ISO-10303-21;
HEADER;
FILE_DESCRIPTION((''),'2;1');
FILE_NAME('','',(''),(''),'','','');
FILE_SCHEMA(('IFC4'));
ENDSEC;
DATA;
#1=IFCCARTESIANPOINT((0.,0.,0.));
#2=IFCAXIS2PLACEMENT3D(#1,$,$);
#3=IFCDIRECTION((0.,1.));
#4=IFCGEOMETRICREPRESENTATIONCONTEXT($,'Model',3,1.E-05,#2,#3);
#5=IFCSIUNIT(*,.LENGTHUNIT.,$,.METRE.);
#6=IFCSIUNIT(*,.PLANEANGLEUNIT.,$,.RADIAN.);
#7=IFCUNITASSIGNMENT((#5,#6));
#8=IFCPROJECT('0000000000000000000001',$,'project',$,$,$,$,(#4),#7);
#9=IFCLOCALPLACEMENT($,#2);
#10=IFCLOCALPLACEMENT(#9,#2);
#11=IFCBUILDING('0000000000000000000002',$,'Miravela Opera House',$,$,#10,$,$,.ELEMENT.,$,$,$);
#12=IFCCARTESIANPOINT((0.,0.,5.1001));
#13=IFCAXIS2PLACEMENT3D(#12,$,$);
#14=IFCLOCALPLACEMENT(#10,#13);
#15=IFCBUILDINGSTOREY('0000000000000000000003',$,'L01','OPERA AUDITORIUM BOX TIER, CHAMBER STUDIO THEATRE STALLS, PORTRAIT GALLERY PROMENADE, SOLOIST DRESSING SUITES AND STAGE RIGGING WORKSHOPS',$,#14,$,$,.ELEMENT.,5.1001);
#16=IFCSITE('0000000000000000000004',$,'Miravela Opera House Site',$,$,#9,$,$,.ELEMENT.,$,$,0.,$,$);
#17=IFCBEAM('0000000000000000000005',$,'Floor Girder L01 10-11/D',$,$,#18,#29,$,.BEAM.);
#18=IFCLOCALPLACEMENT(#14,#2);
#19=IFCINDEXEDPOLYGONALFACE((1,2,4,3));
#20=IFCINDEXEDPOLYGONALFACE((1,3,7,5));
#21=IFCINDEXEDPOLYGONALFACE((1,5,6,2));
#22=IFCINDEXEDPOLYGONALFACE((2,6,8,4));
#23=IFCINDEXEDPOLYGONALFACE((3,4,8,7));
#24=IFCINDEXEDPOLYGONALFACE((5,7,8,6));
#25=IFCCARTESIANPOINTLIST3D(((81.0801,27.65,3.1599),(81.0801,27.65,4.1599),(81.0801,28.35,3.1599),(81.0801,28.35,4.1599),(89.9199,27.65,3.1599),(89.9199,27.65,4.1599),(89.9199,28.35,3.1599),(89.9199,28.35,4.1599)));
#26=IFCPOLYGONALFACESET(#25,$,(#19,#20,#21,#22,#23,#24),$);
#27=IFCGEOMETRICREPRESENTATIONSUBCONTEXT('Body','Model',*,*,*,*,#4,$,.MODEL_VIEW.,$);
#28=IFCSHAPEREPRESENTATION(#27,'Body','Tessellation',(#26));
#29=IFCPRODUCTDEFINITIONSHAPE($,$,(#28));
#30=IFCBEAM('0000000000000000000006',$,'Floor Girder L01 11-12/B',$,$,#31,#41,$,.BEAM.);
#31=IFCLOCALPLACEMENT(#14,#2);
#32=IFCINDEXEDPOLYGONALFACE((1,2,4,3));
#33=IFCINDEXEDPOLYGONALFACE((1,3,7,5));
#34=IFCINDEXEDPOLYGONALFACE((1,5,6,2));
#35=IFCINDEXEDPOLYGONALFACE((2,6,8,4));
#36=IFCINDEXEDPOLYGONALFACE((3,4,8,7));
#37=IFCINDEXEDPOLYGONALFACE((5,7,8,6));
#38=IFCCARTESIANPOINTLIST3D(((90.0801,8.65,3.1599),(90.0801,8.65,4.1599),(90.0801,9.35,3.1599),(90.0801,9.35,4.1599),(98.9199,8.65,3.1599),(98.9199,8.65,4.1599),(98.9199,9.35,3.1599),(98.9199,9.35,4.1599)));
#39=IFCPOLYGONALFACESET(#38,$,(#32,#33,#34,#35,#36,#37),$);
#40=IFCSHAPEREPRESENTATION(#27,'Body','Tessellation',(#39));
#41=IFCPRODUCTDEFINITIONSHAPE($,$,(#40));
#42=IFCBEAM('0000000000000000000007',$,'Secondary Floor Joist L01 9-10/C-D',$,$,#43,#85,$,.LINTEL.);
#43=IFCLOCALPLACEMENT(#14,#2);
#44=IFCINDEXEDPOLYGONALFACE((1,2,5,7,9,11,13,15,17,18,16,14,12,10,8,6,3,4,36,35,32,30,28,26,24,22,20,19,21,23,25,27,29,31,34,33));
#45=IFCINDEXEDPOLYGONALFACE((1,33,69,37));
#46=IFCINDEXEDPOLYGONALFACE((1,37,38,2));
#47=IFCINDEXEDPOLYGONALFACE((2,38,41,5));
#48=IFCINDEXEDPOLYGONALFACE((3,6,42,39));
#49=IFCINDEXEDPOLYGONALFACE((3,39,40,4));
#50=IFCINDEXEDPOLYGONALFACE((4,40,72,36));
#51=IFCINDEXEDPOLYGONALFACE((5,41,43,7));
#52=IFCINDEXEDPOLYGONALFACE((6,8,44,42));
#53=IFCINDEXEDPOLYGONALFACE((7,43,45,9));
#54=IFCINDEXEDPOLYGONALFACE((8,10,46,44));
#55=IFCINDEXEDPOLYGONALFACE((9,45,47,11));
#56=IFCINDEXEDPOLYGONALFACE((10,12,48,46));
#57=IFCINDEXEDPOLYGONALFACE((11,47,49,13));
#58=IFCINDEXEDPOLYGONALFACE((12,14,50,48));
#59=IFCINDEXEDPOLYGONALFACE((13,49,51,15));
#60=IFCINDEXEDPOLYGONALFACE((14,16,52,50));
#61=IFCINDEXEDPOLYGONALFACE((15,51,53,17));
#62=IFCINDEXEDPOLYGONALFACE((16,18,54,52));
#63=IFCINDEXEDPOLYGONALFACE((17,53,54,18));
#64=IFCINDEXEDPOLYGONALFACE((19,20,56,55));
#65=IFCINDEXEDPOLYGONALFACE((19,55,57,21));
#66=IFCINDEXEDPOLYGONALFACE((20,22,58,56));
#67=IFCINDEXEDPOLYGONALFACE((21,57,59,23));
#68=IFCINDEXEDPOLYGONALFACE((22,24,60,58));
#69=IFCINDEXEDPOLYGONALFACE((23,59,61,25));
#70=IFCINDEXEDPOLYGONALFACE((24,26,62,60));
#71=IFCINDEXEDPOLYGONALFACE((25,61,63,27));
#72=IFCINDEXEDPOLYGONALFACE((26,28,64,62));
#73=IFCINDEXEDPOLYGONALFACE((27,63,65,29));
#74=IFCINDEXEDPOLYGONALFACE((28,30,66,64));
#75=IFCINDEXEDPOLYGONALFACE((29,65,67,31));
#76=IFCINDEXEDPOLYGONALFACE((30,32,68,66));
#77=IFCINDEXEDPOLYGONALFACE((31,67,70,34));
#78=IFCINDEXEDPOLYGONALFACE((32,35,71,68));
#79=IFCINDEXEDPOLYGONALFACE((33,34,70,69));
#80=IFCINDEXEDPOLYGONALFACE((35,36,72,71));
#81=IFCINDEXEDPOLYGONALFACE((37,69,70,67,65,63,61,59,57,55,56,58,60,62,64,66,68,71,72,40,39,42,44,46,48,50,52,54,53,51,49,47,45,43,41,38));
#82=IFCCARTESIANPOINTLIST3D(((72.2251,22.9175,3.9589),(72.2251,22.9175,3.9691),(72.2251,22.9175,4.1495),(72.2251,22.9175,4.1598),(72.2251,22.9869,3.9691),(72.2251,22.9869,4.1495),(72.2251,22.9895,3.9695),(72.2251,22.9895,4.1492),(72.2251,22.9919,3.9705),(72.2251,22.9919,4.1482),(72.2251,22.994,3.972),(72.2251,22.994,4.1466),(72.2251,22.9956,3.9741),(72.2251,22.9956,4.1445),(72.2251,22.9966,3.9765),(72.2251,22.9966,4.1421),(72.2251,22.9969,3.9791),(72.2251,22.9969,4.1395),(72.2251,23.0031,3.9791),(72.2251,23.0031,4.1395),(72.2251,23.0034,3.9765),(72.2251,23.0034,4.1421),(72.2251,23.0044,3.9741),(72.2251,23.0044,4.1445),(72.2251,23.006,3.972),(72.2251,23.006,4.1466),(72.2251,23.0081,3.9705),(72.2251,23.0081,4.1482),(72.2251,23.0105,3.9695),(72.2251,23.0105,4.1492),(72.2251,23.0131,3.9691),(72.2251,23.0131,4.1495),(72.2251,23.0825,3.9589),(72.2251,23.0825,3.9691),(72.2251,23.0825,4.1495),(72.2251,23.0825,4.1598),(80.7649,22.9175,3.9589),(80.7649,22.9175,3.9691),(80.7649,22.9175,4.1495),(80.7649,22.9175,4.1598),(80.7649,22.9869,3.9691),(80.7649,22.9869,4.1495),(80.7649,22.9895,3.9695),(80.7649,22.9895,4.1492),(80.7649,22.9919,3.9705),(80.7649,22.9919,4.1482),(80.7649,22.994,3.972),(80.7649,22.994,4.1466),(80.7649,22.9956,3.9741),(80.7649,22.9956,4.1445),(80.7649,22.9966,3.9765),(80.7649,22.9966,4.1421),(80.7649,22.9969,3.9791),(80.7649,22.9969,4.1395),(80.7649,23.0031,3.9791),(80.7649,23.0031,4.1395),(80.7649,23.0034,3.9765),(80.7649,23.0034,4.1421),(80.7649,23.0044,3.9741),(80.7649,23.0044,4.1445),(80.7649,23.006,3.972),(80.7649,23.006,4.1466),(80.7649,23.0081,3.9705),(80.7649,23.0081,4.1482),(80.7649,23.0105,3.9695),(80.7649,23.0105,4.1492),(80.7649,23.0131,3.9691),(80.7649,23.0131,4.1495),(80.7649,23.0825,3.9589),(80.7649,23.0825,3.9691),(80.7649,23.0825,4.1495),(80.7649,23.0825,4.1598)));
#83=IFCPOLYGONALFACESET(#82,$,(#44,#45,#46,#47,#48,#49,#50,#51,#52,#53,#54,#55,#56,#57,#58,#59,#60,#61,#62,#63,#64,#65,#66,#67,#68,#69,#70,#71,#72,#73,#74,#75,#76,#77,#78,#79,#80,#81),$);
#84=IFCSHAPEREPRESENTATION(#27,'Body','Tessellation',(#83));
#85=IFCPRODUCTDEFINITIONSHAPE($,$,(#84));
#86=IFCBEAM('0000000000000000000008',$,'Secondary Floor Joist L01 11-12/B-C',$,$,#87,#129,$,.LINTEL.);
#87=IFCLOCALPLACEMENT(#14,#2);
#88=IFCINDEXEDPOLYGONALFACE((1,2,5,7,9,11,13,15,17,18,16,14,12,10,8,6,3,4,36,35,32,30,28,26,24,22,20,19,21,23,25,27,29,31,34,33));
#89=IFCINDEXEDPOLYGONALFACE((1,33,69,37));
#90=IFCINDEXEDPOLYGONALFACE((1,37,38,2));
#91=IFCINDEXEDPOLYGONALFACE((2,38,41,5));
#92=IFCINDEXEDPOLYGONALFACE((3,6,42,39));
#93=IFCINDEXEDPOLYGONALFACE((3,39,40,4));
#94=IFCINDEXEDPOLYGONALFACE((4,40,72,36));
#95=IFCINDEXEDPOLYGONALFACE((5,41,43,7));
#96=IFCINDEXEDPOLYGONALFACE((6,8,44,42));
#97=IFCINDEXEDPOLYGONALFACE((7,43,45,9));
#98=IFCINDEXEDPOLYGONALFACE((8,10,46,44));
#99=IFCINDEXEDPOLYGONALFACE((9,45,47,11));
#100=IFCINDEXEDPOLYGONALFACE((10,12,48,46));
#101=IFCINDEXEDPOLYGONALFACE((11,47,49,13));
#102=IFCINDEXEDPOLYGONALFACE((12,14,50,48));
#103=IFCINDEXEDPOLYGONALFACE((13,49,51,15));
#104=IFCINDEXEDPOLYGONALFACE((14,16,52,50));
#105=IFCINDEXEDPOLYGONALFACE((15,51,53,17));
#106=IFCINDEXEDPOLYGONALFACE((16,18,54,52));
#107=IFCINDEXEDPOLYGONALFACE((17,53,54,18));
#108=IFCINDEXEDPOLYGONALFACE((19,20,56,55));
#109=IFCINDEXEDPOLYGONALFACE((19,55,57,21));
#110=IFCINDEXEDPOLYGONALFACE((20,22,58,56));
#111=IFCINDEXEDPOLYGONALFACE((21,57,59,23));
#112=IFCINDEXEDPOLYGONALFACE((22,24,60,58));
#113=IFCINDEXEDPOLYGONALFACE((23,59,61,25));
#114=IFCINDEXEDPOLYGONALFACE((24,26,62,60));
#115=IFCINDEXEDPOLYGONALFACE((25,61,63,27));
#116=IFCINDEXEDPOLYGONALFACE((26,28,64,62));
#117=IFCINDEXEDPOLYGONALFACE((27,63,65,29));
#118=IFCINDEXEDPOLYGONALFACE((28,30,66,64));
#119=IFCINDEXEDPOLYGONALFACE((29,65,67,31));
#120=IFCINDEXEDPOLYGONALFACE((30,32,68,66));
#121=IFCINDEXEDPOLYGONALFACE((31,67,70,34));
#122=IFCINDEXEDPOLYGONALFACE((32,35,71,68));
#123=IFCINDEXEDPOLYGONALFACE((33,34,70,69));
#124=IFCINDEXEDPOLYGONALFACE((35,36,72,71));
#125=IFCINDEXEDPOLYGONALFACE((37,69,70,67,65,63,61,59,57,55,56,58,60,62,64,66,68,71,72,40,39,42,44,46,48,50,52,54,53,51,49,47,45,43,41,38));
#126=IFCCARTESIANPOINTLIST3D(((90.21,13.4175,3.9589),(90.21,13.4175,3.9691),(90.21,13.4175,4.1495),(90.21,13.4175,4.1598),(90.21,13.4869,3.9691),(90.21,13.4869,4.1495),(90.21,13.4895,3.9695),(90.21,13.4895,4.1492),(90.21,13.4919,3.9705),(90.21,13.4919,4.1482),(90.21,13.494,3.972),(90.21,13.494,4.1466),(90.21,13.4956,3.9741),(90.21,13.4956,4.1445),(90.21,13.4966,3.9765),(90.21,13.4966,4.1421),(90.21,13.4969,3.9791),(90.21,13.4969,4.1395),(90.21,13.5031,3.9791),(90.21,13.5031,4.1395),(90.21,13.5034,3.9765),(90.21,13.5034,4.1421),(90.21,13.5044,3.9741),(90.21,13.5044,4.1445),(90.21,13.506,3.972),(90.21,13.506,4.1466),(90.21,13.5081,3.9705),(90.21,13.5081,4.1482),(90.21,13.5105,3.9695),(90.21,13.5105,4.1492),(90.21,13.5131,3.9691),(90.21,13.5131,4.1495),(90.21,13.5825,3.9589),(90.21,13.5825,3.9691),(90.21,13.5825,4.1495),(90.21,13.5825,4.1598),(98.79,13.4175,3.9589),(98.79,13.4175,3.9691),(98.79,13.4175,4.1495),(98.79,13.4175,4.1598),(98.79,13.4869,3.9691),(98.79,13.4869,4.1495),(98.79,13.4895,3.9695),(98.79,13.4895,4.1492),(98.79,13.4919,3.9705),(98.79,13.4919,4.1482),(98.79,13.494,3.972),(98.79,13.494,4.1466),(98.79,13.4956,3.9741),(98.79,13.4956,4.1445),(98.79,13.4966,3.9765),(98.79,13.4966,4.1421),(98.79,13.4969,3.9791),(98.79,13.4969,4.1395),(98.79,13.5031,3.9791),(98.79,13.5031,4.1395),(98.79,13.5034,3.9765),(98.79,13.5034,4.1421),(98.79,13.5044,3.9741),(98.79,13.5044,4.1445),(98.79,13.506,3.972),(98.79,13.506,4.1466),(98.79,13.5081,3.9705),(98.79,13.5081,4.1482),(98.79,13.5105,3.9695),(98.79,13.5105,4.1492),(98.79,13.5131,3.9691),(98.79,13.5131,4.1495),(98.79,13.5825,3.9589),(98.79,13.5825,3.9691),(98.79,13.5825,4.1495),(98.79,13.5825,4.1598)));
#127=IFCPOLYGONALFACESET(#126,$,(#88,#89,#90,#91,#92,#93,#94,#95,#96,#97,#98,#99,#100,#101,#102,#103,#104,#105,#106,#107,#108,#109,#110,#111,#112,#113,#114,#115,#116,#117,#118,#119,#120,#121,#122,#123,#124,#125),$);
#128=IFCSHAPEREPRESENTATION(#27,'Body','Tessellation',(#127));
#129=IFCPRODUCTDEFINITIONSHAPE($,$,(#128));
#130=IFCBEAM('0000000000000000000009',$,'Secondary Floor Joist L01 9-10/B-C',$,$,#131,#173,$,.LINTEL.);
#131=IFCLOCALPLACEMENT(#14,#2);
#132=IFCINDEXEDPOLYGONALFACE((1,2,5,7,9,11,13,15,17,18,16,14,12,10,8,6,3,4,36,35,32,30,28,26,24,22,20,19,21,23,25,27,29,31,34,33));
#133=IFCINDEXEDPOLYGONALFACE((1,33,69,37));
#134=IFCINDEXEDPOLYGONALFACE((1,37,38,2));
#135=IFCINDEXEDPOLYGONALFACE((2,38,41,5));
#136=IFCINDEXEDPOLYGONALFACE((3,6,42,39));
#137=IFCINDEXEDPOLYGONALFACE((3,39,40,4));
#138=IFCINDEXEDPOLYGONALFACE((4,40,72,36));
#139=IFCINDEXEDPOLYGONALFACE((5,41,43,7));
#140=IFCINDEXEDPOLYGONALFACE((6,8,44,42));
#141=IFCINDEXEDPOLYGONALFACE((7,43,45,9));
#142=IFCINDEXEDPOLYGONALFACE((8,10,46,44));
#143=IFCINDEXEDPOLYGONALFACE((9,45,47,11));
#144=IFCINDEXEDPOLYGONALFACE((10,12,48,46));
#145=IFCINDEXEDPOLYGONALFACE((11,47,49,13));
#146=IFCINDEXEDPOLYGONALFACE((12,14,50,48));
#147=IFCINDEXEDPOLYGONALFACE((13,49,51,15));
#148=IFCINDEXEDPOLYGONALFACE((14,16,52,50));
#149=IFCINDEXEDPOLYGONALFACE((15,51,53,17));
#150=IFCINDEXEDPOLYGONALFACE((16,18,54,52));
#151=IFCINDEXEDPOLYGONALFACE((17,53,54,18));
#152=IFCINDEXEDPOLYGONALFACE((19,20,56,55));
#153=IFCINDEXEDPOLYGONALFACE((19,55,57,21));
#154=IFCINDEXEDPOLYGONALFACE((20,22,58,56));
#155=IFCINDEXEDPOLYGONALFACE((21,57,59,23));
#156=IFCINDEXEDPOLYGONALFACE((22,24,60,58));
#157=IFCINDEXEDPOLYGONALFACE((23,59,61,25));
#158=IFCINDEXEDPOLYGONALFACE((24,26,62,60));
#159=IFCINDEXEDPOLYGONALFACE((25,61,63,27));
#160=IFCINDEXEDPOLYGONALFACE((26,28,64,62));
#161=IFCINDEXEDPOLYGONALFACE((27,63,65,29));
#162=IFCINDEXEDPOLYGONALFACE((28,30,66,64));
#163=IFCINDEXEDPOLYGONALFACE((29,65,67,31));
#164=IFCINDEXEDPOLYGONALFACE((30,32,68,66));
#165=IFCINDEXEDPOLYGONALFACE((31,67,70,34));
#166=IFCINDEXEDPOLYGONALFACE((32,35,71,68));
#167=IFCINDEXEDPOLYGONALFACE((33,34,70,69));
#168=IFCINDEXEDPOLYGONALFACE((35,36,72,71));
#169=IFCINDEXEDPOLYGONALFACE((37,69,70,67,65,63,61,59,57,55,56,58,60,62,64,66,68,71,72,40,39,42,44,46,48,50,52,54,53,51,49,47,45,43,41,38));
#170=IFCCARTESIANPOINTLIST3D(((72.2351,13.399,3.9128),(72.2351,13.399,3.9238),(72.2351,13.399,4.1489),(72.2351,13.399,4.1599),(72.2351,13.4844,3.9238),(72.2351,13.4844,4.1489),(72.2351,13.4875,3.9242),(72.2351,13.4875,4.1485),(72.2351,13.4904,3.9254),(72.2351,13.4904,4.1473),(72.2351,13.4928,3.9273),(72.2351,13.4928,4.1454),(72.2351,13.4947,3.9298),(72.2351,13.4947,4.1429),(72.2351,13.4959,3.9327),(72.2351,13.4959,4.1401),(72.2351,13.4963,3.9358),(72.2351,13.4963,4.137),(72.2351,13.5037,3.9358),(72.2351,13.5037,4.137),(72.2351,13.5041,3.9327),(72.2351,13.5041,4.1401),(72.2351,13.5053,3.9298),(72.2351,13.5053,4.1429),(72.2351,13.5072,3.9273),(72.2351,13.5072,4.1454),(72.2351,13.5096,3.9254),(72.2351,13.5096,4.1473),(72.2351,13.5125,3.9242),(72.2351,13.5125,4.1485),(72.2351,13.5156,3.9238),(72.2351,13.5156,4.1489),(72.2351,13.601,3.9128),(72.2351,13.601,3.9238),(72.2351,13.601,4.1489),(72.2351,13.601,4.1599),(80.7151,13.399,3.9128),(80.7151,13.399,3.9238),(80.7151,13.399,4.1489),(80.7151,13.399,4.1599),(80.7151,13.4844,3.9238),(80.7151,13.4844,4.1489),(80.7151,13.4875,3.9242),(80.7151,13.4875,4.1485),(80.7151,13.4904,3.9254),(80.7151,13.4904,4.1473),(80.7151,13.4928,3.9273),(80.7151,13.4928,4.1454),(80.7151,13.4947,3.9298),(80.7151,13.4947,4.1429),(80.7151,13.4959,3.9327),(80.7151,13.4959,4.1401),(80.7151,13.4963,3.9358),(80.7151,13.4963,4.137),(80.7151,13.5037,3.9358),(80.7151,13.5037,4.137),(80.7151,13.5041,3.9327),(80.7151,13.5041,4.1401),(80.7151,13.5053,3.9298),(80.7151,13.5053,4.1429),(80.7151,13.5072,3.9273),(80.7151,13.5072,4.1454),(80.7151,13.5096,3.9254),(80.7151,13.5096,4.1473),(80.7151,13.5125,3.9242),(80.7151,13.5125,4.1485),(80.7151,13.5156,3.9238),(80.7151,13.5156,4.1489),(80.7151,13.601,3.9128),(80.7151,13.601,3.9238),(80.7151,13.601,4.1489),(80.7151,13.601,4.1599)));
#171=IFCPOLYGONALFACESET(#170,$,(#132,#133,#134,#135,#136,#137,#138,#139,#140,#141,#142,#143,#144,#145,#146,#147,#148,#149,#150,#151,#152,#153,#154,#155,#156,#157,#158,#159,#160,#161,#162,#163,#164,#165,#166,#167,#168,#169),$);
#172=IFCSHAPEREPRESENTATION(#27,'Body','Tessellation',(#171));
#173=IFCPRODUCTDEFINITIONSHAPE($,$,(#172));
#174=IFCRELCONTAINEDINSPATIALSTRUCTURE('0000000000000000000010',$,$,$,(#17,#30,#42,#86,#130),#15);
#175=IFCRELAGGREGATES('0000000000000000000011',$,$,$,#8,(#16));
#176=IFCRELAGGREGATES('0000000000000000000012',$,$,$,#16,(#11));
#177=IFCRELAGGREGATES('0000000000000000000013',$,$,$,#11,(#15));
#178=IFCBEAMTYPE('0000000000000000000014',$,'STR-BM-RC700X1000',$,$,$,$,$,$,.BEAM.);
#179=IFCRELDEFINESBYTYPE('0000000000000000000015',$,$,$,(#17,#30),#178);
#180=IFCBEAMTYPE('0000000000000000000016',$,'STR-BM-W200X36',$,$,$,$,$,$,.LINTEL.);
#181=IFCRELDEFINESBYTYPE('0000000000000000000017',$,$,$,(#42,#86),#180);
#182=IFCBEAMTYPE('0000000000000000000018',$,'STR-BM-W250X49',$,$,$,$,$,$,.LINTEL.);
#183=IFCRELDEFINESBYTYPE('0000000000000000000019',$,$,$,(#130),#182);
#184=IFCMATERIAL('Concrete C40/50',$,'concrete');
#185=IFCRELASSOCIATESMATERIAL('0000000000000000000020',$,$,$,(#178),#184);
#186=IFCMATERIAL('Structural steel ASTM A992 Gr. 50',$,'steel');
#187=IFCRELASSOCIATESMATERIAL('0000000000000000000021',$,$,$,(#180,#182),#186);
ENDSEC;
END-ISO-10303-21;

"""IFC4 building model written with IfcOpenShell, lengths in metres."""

from ifc_helpers import new_model, si_unit, direction, frame, origin, origin_2d, place, context, subcontext, project, spatial, rectangle, i_section, extrude, material, material_profile, profile_set, type_object, element, save


model = new_model("IFC4")

# Units and contexts
model_context = context("Model", 3, precision=1e-05, world=origin(), true_north=direction((0.0, 1.0)))
body_context = subcontext(model_context, "Body", "Model", "MODEL_VIEW")
ifc_project = project(units=[si_unit("LENGTHUNIT", "METRE"), si_unit("PLANEANGLEUNIT", "RADIAN")], contexts=[model_context])

# Site, building, storey
site_placement = place(None, origin())
site = spatial("IfcSite", under=ifc_project, at=site_placement, Name="Miravela Opera House Site", CompositionType="ELEMENT", RefElevation=0.0)
building_placement = place(site_placement, origin())
building = spatial("IfcBuilding", under=site, at=building_placement, Name="Miravela Opera House", CompositionType="ELEMENT")
storey_placement = place(building_placement, frame((0.0, 0.0, 5.1001)))
storey = spatial("IfcBuildingStorey", under=building, at=storey_placement, Name="L01", Description="OPERA AUDITORIUM BOX TIER, CHAMBER STUDIO THEATRE STALLS, PORTRAIT GALLERY PROMENADE, SOLOIST DRESSING SUITES AND STAGE RIGGING WORKSHOPS", CompositionType="ELEMENT", Elevation=5.1001)

# Beams
ifc_material_1 = material(Name="Concrete C40/50", Category="concrete")
ifc_material_profile_1 = material_profile(ifc_material_1, rectangle(XDim=0.7, YDim=1.0, at=origin_2d()), Name="RC-BM-700X1000")
ifc_profile_set_1 = profile_set([ifc_material_profile_1])
beam_type_1 = type_object("IfcBeamType", Name="STR-BM-RC700X1000", PredefinedType="BEAM", material=ifc_profile_set_1)
for number, where, z_axis, x_axis, name in (
    (1, (81.0801, 28.0, 3.6599), (1.0, 0.0, 0.0), (0.0, 1.0, 0.0), "Floor Girder L01 10-11/D"),
    (2, (90.0801, 9.0, 3.6599), (1.0, 0.0, 0.0), (0.0, 1.0, 0.0), "Floor Girder L01 11-12/B"),
):
    element("IfcBeam", number, at=place(storey_placement, frame(where, z_axis=z_axis, x_axis=x_axis)), inside=storey, type_object=beam_type_1, Name=name, PredefinedType="BEAM", context=body_context, shape_type="SweptSolid", body=[
        extrude(rectangle(XDim=0.7, YDim=1.0, at=origin_2d()), origin(), (0.0, 0.0, 1.0), 8.8398),
    ])
ifc_material_2 = material(Name="Structural steel ASTM A992 Gr. 50", Category="steel")
ifc_material_profile_2 = material_profile(ifc_material_2, i_section(OverallWidth=0.165, OverallDepth=0.2009, WebThickness=0.0061, FlangeThickness=0.0103, FilletRadius=0.01, at=origin_2d()), Name="W200X36")
ifc_profile_set_2 = profile_set([ifc_material_profile_2])
beam_type_2 = type_object("IfcBeamType", Name="STR-BM-W200X36", PredefinedType="LINTEL", material=ifc_profile_set_2)
beam_1_placement = place(storey_placement, frame((72.2251, 23.0, 4.0593), z_axis=(1.0, 0.0, 0.0), x_axis=(0.0, 1.0, 0.0)))
element("IfcBeam", 3, at=beam_1_placement, inside=storey, type_object=beam_type_2, Name="Secondary Floor Joist L01 9-10/C-D", PredefinedType="LINTEL", context=body_context, shape_type="SweptSolid", body=[
    extrude(i_section(OverallWidth=0.165, OverallDepth=0.2009, WebThickness=0.0061, FlangeThickness=0.0103, FilletRadius=0.01, at=origin_2d()), origin(), (0.0, 0.0, 1.0), 8.5398),
])
beam_2_placement = place(storey_placement, frame((90.21, 13.5, 4.0593), z_axis=(1.0, 0.0, 0.0), x_axis=(0.0, 1.0, 0.0)))
element("IfcBeam", 4, at=beam_2_placement, inside=storey, type_object=beam_type_2, Name="Secondary Floor Joist L01 11-12/B-C", PredefinedType="LINTEL", context=body_context, shape_type="SweptSolid", body=[
    extrude(i_section(OverallWidth=0.165, OverallDepth=0.2009, WebThickness=0.0061, FlangeThickness=0.0103, FilletRadius=0.01, at=origin_2d()), origin(), (0.0, 0.0, 1.0), 8.5801),
])
ifc_material_profile_3 = material_profile(ifc_material_2, i_section(OverallWidth=0.2019, OverallDepth=0.2471, WebThickness=0.0073, FlangeThickness=0.011, FilletRadius=0.012, at=origin_2d()), Name="W250X49")
ifc_profile_set_3 = profile_set([ifc_material_profile_3])
beam_type_3 = type_object("IfcBeamType", Name="STR-BM-W250X49", PredefinedType="LINTEL", material=ifc_profile_set_3)
beam_3_placement = place(storey_placement, frame((72.2351, 13.5, 4.0364), z_axis=(1.0, 0.0, 0.0), x_axis=(0.0, 1.0, 0.0)))
element("IfcBeam", 5, at=beam_3_placement, inside=storey, type_object=beam_type_3, Name="Secondary Floor Joist L01 9-10/B-C", PredefinedType="LINTEL", context=body_context, shape_type="SweptSolid", body=[
    extrude(i_section(OverallWidth=0.2019, OverallDepth=0.2471, WebThickness=0.0073, FlangeThickness=0.011, FilletRadius=0.012, at=origin_2d()), origin(), (0.0, 0.0, 1.0), 8.48),
])

save(model, "model.ifc")
